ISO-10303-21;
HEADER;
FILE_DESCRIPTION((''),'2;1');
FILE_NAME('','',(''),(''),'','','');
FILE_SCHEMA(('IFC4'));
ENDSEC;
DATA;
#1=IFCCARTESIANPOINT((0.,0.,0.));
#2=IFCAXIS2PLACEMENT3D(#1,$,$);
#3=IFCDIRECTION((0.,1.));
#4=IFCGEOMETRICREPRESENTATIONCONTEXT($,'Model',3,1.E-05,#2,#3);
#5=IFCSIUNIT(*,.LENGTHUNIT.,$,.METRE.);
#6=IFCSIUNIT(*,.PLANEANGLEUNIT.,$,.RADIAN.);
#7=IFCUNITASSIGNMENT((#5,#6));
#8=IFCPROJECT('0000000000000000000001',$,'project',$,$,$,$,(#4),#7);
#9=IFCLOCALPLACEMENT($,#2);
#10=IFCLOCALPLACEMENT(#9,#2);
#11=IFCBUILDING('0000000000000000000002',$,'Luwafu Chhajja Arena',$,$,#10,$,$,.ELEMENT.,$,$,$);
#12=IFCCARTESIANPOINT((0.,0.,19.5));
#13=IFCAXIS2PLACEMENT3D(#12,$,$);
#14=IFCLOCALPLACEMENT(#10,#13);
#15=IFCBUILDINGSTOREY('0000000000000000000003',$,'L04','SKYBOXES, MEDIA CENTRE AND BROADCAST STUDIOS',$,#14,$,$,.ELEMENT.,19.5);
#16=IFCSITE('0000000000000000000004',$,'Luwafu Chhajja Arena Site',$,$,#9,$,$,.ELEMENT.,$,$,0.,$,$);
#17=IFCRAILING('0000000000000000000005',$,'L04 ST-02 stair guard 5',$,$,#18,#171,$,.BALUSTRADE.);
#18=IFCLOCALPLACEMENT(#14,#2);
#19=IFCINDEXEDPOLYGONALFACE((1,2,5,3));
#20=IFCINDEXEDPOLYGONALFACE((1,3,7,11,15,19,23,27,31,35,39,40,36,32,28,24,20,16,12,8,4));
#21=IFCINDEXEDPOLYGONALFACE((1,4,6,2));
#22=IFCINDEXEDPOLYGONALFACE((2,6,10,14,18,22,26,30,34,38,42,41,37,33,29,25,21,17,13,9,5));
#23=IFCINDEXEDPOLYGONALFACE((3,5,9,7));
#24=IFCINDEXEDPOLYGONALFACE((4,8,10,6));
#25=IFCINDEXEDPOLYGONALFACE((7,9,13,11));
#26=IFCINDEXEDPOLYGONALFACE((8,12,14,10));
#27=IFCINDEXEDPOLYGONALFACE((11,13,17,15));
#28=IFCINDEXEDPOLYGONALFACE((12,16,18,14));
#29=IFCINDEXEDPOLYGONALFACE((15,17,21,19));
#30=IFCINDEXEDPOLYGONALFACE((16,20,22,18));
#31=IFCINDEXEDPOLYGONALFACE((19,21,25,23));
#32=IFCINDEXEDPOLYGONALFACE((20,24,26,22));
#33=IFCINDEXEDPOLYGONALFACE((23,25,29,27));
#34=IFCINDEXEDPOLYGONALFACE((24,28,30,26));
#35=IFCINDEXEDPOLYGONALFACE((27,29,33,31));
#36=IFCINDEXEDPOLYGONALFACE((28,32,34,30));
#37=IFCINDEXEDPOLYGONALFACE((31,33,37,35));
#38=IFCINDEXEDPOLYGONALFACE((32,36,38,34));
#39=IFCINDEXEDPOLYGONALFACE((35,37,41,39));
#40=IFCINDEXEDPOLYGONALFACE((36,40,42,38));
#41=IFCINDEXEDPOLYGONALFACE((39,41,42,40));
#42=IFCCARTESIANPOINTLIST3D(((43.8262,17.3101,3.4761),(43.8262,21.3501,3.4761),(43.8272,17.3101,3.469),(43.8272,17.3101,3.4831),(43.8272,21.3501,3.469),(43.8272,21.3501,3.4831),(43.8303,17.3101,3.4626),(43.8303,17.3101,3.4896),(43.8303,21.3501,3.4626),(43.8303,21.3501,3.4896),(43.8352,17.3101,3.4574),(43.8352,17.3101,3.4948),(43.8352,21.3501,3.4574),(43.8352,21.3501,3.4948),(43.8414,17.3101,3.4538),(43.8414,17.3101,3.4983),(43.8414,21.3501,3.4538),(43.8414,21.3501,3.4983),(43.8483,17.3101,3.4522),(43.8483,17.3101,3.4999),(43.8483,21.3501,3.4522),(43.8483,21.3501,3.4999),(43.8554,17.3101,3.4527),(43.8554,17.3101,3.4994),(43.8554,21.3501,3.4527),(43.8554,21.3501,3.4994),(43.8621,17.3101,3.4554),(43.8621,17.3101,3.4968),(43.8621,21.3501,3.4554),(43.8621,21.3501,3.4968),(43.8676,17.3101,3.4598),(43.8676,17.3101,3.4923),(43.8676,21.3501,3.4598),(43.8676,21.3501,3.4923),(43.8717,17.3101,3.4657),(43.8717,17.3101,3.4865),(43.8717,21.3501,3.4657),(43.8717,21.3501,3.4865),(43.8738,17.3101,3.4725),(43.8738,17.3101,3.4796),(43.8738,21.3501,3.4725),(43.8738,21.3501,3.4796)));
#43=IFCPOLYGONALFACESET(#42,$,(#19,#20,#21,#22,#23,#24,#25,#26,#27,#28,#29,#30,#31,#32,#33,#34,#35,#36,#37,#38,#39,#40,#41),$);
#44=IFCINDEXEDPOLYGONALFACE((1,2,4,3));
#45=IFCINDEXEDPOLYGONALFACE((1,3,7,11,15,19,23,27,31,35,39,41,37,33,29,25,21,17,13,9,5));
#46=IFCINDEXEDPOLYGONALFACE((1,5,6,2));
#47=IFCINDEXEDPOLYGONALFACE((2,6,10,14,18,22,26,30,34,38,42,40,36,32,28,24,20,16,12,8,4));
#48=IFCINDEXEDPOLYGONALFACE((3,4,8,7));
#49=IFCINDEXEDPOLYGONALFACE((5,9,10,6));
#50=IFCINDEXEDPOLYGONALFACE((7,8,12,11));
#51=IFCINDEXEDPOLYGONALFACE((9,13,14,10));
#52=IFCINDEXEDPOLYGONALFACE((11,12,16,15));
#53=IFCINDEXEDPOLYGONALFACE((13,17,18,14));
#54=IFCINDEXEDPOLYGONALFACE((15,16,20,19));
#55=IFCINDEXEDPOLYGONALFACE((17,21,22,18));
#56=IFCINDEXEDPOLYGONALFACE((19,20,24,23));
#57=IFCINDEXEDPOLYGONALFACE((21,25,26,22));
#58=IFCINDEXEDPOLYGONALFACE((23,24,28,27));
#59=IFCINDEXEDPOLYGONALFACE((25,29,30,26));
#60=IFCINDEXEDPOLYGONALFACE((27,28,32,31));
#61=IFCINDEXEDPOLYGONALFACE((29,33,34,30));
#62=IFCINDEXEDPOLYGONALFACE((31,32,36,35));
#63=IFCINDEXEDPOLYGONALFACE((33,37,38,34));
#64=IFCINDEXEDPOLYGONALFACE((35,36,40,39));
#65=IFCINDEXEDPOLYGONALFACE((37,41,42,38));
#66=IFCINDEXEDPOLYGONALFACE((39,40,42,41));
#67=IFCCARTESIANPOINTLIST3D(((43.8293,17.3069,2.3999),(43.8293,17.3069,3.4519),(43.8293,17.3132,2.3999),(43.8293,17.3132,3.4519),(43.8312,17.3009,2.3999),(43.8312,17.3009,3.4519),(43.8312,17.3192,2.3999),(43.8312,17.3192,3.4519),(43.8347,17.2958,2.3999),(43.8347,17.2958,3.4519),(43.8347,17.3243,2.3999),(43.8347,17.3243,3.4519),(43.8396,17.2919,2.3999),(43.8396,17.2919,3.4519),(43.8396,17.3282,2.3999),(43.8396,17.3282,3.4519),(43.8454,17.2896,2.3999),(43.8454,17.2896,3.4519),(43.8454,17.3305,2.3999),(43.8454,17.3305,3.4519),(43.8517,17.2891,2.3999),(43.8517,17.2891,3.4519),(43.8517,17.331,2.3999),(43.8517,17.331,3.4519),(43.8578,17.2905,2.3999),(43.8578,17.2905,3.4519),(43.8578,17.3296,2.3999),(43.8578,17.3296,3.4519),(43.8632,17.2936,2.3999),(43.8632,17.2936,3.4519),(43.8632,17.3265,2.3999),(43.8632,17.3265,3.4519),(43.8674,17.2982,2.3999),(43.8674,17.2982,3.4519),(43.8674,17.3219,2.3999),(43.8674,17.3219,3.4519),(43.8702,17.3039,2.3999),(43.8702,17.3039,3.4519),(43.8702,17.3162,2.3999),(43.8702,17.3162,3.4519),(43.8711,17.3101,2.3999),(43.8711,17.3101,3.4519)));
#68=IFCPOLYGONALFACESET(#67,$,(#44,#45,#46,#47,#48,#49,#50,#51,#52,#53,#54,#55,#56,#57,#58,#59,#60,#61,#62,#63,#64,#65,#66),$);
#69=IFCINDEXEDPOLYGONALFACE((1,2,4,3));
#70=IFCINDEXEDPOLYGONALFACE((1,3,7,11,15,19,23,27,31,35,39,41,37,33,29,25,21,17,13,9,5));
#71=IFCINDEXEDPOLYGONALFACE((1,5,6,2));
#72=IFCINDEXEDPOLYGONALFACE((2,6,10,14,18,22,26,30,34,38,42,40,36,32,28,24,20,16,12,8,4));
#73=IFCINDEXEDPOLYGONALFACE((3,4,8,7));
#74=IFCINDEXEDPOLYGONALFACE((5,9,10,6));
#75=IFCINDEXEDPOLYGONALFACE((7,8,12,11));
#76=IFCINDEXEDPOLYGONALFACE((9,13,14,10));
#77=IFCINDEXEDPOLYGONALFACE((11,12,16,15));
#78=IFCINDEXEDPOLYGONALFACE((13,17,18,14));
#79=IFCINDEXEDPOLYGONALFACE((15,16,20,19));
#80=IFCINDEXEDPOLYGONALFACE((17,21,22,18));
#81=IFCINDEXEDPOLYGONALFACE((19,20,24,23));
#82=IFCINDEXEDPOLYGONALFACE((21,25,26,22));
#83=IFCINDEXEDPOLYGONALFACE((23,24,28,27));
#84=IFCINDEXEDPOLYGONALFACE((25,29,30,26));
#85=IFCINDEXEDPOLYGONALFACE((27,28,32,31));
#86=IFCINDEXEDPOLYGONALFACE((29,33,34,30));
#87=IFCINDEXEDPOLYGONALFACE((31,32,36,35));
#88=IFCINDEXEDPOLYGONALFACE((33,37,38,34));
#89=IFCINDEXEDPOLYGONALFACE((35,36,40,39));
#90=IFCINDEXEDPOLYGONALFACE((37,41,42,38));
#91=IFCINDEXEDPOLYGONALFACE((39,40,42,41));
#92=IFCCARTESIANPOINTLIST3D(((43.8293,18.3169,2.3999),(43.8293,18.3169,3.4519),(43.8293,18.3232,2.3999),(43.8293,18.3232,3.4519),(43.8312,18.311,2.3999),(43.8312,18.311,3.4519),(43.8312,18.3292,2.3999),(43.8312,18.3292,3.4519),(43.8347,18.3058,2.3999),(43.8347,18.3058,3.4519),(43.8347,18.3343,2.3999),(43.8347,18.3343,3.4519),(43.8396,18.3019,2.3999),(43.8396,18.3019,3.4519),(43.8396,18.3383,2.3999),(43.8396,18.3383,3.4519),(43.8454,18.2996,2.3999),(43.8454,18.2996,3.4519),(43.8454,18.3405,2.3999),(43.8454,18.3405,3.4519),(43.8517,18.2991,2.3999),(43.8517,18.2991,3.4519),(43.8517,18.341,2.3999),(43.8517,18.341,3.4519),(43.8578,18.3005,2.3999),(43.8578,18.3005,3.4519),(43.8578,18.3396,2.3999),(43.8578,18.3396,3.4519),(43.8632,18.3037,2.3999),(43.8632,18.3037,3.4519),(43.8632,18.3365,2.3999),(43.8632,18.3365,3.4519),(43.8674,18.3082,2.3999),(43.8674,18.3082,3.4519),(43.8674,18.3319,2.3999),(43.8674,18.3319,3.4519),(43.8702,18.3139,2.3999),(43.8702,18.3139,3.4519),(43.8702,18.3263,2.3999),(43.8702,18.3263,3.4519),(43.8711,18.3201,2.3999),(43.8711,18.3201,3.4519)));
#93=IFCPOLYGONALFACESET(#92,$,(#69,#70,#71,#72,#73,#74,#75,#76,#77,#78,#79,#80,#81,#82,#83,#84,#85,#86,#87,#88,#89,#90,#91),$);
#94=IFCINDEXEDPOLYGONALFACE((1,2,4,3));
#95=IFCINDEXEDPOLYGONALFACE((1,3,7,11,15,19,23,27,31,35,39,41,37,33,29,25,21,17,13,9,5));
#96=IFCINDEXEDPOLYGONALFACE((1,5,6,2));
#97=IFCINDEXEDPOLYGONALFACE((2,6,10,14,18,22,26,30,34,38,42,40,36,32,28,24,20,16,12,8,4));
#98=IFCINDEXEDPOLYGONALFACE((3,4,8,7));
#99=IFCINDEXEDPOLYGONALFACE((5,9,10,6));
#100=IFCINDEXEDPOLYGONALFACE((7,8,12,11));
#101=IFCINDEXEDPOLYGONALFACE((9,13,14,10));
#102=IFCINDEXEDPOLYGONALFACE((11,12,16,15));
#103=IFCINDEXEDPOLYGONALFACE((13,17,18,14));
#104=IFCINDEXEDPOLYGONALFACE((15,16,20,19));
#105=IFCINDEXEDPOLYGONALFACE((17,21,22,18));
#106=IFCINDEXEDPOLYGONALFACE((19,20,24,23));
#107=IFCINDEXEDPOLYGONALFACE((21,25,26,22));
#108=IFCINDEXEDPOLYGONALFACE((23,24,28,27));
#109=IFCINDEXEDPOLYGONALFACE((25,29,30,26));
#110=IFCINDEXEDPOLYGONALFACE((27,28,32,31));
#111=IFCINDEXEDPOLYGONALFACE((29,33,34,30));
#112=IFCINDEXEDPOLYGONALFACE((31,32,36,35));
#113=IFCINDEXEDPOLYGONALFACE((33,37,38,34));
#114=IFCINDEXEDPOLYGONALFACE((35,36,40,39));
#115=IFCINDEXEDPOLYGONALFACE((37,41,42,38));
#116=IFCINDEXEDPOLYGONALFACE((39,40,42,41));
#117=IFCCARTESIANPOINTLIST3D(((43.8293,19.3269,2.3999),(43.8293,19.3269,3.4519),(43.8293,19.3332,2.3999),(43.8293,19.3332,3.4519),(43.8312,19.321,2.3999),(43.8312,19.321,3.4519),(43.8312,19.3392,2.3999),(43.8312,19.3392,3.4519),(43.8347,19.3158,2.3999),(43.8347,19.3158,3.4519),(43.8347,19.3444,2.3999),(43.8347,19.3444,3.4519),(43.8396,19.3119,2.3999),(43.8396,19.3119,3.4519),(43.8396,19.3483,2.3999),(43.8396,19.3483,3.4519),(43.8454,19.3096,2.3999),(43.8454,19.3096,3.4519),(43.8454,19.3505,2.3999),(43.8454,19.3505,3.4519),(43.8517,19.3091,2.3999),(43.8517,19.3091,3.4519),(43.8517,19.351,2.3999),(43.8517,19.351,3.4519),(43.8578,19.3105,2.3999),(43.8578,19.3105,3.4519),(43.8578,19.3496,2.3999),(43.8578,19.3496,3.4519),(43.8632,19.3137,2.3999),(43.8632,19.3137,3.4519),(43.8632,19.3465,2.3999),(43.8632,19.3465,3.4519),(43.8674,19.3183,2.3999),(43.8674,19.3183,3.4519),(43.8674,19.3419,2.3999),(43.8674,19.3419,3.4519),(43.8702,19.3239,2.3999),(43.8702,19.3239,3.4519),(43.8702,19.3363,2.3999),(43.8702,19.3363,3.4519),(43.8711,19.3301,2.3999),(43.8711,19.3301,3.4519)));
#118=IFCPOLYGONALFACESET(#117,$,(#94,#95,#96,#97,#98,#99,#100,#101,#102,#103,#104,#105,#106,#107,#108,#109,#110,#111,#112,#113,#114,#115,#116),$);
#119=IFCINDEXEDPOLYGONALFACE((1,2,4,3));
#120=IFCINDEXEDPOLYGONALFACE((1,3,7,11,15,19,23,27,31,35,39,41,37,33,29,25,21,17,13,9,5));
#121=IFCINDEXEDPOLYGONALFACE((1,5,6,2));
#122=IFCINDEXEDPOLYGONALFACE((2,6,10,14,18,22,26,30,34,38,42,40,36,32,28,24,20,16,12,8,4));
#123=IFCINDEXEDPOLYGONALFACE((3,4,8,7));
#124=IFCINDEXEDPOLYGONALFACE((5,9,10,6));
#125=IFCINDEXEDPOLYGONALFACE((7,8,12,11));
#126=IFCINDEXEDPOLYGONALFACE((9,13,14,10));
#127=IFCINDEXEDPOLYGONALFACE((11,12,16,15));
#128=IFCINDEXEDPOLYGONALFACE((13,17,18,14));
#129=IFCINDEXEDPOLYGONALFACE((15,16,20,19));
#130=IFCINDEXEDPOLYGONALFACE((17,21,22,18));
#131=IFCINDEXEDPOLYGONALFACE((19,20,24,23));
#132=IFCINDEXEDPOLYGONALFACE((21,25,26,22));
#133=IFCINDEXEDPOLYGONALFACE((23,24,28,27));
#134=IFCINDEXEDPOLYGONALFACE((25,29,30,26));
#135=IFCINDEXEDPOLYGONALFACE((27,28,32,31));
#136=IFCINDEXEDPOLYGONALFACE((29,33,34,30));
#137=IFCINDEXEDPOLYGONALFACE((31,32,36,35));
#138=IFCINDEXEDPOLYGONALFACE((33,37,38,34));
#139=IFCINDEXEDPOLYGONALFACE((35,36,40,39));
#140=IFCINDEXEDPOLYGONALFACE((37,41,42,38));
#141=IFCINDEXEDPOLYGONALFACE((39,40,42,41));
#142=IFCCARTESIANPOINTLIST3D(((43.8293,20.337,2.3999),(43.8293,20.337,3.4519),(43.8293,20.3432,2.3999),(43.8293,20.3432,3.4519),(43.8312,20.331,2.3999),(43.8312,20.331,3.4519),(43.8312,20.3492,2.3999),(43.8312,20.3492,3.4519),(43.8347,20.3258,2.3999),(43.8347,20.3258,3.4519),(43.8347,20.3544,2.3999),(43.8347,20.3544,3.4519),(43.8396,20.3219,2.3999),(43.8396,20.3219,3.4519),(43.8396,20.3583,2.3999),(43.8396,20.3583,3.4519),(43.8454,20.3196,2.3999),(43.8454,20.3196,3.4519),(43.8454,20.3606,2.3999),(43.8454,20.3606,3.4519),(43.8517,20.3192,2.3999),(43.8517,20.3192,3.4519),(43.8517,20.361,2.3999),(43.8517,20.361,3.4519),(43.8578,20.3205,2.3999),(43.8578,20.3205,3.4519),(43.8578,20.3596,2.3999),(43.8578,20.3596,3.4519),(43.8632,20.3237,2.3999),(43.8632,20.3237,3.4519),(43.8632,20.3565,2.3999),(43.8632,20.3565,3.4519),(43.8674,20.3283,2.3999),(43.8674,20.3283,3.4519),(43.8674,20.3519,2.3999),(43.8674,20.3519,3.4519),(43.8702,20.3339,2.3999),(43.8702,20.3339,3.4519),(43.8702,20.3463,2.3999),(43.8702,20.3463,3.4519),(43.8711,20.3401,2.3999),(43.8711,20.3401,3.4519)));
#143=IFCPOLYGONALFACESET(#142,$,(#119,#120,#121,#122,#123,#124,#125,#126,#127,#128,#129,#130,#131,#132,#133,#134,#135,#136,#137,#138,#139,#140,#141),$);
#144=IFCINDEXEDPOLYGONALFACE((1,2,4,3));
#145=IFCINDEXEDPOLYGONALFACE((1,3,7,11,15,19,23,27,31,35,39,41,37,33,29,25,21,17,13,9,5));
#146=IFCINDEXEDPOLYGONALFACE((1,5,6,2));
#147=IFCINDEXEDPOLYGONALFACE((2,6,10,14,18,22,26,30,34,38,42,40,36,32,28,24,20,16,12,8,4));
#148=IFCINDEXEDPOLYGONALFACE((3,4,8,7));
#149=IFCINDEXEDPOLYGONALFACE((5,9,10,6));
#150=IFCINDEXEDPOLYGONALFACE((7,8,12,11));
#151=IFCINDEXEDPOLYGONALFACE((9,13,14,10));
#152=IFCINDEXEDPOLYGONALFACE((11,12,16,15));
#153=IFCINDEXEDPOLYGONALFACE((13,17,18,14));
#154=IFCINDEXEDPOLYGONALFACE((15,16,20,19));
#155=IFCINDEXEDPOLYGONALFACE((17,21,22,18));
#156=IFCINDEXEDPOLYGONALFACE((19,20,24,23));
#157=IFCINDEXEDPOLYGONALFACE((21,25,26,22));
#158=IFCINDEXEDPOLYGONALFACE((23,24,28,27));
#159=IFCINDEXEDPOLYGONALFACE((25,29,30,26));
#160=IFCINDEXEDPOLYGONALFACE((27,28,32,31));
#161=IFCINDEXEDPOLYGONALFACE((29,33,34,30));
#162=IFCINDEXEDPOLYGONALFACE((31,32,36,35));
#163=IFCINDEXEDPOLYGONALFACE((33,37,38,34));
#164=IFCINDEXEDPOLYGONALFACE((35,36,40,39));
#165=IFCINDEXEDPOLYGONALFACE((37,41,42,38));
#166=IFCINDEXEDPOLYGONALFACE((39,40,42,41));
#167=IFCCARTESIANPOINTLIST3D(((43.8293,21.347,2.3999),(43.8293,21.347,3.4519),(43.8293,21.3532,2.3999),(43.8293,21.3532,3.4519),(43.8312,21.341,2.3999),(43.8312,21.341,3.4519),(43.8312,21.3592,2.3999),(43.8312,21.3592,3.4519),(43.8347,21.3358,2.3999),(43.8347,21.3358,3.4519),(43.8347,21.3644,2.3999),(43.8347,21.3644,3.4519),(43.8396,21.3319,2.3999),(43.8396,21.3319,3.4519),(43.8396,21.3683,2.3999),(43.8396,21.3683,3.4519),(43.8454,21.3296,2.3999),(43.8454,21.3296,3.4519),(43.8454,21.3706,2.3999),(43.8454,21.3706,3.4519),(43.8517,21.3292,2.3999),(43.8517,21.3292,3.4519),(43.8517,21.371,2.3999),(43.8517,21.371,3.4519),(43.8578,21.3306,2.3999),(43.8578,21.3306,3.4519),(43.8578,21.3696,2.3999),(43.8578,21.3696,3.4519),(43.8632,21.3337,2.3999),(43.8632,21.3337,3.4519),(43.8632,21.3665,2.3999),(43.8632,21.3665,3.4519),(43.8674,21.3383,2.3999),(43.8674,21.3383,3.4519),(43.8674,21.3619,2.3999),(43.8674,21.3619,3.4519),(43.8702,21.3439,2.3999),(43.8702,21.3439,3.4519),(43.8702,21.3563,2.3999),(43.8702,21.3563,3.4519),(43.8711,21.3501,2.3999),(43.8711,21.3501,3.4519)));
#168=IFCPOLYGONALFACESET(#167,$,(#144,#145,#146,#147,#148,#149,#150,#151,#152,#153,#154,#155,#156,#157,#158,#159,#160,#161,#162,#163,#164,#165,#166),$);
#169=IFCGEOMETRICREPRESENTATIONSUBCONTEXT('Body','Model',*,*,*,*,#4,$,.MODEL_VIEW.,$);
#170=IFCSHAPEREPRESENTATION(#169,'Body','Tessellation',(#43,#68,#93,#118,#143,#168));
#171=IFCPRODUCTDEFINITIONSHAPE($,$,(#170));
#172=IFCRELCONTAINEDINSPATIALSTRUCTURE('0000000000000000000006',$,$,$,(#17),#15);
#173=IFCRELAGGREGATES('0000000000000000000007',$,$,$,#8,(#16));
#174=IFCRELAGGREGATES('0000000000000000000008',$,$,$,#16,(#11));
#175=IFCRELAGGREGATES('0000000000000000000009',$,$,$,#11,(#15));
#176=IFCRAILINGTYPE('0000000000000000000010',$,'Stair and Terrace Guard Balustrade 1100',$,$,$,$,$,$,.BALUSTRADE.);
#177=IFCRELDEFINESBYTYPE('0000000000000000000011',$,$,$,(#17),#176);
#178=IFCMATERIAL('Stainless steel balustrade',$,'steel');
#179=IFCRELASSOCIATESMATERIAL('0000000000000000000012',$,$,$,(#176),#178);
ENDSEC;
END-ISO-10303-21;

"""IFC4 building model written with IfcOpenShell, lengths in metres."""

from ifc_helpers import new_model, si_unit, direction, frame, origin, origin_2d, place, context, subcontext, project, spatial, circle, extrude, material, type_object, element, save


model = new_model("IFC4")

# Units and contexts
model_context = context("Model", 3, precision=1e-05, world=origin(), true_north=direction((0.0, 1.0)))
body_context = subcontext(model_context, "Body", "Model", "MODEL_VIEW")
ifc_project = project(units=[si_unit("LENGTHUNIT", "METRE"), si_unit("PLANEANGLEUNIT", "RADIAN")], contexts=[model_context])

# Site, building, storey
site_placement = place(None, origin())
site = spatial("IfcSite", under=ifc_project, at=site_placement, Name="Luwafu Chhajja Arena Site", CompositionType="ELEMENT", RefElevation=0.0)
building_placement = place(site_placement, origin())
building = spatial("IfcBuilding", under=site, at=building_placement, Name="Luwafu Chhajja Arena", CompositionType="ELEMENT")
storey_placement = place(building_placement, frame((0.0, 0.0, 19.5)))
storey = spatial("IfcBuildingStorey", under=building, at=storey_placement, Name="L04", Description="SKYBOXES, MEDIA CENTRE AND BROADCAST STUDIOS", CompositionType="ELEMENT", Elevation=19.5)

# Railing
ifc_material_1 = material(Name="Stainless steel balustrade", Category="steel")
railing_type_1 = type_object("IfcRailingType", Name="Stair and Terrace Guard Balustrade 1100", PredefinedType="BALUSTRADE", material=ifc_material_1)
railing_1_placement = place(storey_placement, frame((43.8501, 17.3101, 2.3999)))
element("IfcRailing", 1, at=railing_1_placement, inside=storey, type_object=railing_type_1, Name="L04 ST-02 stair guard 5", PredefinedType="BALUSTRADE", context=body_context, shape_type="SweptSolid", body=[
    extrude(circle(Radius=0.0239, at=origin_2d()), frame((0.0, 0.0, 1.0762), z_axis=(0.0, 1.0, 0.0), x_axis=(-1.0, 0.0, 0.0)), (0.0, 0.0, 1.0), 4.04),
    extrude(circle(Radius=0.021, at=origin_2d()), origin(), (0.0, 0.0, 1.0), 1.052),
    extrude(circle(Radius=0.021, at=origin_2d()), frame((0.0, 1.01, 0.0)), (0.0, 0.0, 1.0), 1.052),
    extrude(circle(Radius=0.021, at=origin_2d()), frame((0.0, 2.02, 0.0)), (0.0, 0.0, 1.0), 1.052),
    extrude(circle(Radius=0.021, at=origin_2d()), frame((0.0, 3.03, 0.0)), (0.0, 0.0, 1.0), 1.052),
    extrude(circle(Radius=0.021, at=origin_2d()), frame((0.0, 4.04, 0.0)), (0.0, 0.0, 1.0), 1.052),
])

save(model, "model.ifc")
